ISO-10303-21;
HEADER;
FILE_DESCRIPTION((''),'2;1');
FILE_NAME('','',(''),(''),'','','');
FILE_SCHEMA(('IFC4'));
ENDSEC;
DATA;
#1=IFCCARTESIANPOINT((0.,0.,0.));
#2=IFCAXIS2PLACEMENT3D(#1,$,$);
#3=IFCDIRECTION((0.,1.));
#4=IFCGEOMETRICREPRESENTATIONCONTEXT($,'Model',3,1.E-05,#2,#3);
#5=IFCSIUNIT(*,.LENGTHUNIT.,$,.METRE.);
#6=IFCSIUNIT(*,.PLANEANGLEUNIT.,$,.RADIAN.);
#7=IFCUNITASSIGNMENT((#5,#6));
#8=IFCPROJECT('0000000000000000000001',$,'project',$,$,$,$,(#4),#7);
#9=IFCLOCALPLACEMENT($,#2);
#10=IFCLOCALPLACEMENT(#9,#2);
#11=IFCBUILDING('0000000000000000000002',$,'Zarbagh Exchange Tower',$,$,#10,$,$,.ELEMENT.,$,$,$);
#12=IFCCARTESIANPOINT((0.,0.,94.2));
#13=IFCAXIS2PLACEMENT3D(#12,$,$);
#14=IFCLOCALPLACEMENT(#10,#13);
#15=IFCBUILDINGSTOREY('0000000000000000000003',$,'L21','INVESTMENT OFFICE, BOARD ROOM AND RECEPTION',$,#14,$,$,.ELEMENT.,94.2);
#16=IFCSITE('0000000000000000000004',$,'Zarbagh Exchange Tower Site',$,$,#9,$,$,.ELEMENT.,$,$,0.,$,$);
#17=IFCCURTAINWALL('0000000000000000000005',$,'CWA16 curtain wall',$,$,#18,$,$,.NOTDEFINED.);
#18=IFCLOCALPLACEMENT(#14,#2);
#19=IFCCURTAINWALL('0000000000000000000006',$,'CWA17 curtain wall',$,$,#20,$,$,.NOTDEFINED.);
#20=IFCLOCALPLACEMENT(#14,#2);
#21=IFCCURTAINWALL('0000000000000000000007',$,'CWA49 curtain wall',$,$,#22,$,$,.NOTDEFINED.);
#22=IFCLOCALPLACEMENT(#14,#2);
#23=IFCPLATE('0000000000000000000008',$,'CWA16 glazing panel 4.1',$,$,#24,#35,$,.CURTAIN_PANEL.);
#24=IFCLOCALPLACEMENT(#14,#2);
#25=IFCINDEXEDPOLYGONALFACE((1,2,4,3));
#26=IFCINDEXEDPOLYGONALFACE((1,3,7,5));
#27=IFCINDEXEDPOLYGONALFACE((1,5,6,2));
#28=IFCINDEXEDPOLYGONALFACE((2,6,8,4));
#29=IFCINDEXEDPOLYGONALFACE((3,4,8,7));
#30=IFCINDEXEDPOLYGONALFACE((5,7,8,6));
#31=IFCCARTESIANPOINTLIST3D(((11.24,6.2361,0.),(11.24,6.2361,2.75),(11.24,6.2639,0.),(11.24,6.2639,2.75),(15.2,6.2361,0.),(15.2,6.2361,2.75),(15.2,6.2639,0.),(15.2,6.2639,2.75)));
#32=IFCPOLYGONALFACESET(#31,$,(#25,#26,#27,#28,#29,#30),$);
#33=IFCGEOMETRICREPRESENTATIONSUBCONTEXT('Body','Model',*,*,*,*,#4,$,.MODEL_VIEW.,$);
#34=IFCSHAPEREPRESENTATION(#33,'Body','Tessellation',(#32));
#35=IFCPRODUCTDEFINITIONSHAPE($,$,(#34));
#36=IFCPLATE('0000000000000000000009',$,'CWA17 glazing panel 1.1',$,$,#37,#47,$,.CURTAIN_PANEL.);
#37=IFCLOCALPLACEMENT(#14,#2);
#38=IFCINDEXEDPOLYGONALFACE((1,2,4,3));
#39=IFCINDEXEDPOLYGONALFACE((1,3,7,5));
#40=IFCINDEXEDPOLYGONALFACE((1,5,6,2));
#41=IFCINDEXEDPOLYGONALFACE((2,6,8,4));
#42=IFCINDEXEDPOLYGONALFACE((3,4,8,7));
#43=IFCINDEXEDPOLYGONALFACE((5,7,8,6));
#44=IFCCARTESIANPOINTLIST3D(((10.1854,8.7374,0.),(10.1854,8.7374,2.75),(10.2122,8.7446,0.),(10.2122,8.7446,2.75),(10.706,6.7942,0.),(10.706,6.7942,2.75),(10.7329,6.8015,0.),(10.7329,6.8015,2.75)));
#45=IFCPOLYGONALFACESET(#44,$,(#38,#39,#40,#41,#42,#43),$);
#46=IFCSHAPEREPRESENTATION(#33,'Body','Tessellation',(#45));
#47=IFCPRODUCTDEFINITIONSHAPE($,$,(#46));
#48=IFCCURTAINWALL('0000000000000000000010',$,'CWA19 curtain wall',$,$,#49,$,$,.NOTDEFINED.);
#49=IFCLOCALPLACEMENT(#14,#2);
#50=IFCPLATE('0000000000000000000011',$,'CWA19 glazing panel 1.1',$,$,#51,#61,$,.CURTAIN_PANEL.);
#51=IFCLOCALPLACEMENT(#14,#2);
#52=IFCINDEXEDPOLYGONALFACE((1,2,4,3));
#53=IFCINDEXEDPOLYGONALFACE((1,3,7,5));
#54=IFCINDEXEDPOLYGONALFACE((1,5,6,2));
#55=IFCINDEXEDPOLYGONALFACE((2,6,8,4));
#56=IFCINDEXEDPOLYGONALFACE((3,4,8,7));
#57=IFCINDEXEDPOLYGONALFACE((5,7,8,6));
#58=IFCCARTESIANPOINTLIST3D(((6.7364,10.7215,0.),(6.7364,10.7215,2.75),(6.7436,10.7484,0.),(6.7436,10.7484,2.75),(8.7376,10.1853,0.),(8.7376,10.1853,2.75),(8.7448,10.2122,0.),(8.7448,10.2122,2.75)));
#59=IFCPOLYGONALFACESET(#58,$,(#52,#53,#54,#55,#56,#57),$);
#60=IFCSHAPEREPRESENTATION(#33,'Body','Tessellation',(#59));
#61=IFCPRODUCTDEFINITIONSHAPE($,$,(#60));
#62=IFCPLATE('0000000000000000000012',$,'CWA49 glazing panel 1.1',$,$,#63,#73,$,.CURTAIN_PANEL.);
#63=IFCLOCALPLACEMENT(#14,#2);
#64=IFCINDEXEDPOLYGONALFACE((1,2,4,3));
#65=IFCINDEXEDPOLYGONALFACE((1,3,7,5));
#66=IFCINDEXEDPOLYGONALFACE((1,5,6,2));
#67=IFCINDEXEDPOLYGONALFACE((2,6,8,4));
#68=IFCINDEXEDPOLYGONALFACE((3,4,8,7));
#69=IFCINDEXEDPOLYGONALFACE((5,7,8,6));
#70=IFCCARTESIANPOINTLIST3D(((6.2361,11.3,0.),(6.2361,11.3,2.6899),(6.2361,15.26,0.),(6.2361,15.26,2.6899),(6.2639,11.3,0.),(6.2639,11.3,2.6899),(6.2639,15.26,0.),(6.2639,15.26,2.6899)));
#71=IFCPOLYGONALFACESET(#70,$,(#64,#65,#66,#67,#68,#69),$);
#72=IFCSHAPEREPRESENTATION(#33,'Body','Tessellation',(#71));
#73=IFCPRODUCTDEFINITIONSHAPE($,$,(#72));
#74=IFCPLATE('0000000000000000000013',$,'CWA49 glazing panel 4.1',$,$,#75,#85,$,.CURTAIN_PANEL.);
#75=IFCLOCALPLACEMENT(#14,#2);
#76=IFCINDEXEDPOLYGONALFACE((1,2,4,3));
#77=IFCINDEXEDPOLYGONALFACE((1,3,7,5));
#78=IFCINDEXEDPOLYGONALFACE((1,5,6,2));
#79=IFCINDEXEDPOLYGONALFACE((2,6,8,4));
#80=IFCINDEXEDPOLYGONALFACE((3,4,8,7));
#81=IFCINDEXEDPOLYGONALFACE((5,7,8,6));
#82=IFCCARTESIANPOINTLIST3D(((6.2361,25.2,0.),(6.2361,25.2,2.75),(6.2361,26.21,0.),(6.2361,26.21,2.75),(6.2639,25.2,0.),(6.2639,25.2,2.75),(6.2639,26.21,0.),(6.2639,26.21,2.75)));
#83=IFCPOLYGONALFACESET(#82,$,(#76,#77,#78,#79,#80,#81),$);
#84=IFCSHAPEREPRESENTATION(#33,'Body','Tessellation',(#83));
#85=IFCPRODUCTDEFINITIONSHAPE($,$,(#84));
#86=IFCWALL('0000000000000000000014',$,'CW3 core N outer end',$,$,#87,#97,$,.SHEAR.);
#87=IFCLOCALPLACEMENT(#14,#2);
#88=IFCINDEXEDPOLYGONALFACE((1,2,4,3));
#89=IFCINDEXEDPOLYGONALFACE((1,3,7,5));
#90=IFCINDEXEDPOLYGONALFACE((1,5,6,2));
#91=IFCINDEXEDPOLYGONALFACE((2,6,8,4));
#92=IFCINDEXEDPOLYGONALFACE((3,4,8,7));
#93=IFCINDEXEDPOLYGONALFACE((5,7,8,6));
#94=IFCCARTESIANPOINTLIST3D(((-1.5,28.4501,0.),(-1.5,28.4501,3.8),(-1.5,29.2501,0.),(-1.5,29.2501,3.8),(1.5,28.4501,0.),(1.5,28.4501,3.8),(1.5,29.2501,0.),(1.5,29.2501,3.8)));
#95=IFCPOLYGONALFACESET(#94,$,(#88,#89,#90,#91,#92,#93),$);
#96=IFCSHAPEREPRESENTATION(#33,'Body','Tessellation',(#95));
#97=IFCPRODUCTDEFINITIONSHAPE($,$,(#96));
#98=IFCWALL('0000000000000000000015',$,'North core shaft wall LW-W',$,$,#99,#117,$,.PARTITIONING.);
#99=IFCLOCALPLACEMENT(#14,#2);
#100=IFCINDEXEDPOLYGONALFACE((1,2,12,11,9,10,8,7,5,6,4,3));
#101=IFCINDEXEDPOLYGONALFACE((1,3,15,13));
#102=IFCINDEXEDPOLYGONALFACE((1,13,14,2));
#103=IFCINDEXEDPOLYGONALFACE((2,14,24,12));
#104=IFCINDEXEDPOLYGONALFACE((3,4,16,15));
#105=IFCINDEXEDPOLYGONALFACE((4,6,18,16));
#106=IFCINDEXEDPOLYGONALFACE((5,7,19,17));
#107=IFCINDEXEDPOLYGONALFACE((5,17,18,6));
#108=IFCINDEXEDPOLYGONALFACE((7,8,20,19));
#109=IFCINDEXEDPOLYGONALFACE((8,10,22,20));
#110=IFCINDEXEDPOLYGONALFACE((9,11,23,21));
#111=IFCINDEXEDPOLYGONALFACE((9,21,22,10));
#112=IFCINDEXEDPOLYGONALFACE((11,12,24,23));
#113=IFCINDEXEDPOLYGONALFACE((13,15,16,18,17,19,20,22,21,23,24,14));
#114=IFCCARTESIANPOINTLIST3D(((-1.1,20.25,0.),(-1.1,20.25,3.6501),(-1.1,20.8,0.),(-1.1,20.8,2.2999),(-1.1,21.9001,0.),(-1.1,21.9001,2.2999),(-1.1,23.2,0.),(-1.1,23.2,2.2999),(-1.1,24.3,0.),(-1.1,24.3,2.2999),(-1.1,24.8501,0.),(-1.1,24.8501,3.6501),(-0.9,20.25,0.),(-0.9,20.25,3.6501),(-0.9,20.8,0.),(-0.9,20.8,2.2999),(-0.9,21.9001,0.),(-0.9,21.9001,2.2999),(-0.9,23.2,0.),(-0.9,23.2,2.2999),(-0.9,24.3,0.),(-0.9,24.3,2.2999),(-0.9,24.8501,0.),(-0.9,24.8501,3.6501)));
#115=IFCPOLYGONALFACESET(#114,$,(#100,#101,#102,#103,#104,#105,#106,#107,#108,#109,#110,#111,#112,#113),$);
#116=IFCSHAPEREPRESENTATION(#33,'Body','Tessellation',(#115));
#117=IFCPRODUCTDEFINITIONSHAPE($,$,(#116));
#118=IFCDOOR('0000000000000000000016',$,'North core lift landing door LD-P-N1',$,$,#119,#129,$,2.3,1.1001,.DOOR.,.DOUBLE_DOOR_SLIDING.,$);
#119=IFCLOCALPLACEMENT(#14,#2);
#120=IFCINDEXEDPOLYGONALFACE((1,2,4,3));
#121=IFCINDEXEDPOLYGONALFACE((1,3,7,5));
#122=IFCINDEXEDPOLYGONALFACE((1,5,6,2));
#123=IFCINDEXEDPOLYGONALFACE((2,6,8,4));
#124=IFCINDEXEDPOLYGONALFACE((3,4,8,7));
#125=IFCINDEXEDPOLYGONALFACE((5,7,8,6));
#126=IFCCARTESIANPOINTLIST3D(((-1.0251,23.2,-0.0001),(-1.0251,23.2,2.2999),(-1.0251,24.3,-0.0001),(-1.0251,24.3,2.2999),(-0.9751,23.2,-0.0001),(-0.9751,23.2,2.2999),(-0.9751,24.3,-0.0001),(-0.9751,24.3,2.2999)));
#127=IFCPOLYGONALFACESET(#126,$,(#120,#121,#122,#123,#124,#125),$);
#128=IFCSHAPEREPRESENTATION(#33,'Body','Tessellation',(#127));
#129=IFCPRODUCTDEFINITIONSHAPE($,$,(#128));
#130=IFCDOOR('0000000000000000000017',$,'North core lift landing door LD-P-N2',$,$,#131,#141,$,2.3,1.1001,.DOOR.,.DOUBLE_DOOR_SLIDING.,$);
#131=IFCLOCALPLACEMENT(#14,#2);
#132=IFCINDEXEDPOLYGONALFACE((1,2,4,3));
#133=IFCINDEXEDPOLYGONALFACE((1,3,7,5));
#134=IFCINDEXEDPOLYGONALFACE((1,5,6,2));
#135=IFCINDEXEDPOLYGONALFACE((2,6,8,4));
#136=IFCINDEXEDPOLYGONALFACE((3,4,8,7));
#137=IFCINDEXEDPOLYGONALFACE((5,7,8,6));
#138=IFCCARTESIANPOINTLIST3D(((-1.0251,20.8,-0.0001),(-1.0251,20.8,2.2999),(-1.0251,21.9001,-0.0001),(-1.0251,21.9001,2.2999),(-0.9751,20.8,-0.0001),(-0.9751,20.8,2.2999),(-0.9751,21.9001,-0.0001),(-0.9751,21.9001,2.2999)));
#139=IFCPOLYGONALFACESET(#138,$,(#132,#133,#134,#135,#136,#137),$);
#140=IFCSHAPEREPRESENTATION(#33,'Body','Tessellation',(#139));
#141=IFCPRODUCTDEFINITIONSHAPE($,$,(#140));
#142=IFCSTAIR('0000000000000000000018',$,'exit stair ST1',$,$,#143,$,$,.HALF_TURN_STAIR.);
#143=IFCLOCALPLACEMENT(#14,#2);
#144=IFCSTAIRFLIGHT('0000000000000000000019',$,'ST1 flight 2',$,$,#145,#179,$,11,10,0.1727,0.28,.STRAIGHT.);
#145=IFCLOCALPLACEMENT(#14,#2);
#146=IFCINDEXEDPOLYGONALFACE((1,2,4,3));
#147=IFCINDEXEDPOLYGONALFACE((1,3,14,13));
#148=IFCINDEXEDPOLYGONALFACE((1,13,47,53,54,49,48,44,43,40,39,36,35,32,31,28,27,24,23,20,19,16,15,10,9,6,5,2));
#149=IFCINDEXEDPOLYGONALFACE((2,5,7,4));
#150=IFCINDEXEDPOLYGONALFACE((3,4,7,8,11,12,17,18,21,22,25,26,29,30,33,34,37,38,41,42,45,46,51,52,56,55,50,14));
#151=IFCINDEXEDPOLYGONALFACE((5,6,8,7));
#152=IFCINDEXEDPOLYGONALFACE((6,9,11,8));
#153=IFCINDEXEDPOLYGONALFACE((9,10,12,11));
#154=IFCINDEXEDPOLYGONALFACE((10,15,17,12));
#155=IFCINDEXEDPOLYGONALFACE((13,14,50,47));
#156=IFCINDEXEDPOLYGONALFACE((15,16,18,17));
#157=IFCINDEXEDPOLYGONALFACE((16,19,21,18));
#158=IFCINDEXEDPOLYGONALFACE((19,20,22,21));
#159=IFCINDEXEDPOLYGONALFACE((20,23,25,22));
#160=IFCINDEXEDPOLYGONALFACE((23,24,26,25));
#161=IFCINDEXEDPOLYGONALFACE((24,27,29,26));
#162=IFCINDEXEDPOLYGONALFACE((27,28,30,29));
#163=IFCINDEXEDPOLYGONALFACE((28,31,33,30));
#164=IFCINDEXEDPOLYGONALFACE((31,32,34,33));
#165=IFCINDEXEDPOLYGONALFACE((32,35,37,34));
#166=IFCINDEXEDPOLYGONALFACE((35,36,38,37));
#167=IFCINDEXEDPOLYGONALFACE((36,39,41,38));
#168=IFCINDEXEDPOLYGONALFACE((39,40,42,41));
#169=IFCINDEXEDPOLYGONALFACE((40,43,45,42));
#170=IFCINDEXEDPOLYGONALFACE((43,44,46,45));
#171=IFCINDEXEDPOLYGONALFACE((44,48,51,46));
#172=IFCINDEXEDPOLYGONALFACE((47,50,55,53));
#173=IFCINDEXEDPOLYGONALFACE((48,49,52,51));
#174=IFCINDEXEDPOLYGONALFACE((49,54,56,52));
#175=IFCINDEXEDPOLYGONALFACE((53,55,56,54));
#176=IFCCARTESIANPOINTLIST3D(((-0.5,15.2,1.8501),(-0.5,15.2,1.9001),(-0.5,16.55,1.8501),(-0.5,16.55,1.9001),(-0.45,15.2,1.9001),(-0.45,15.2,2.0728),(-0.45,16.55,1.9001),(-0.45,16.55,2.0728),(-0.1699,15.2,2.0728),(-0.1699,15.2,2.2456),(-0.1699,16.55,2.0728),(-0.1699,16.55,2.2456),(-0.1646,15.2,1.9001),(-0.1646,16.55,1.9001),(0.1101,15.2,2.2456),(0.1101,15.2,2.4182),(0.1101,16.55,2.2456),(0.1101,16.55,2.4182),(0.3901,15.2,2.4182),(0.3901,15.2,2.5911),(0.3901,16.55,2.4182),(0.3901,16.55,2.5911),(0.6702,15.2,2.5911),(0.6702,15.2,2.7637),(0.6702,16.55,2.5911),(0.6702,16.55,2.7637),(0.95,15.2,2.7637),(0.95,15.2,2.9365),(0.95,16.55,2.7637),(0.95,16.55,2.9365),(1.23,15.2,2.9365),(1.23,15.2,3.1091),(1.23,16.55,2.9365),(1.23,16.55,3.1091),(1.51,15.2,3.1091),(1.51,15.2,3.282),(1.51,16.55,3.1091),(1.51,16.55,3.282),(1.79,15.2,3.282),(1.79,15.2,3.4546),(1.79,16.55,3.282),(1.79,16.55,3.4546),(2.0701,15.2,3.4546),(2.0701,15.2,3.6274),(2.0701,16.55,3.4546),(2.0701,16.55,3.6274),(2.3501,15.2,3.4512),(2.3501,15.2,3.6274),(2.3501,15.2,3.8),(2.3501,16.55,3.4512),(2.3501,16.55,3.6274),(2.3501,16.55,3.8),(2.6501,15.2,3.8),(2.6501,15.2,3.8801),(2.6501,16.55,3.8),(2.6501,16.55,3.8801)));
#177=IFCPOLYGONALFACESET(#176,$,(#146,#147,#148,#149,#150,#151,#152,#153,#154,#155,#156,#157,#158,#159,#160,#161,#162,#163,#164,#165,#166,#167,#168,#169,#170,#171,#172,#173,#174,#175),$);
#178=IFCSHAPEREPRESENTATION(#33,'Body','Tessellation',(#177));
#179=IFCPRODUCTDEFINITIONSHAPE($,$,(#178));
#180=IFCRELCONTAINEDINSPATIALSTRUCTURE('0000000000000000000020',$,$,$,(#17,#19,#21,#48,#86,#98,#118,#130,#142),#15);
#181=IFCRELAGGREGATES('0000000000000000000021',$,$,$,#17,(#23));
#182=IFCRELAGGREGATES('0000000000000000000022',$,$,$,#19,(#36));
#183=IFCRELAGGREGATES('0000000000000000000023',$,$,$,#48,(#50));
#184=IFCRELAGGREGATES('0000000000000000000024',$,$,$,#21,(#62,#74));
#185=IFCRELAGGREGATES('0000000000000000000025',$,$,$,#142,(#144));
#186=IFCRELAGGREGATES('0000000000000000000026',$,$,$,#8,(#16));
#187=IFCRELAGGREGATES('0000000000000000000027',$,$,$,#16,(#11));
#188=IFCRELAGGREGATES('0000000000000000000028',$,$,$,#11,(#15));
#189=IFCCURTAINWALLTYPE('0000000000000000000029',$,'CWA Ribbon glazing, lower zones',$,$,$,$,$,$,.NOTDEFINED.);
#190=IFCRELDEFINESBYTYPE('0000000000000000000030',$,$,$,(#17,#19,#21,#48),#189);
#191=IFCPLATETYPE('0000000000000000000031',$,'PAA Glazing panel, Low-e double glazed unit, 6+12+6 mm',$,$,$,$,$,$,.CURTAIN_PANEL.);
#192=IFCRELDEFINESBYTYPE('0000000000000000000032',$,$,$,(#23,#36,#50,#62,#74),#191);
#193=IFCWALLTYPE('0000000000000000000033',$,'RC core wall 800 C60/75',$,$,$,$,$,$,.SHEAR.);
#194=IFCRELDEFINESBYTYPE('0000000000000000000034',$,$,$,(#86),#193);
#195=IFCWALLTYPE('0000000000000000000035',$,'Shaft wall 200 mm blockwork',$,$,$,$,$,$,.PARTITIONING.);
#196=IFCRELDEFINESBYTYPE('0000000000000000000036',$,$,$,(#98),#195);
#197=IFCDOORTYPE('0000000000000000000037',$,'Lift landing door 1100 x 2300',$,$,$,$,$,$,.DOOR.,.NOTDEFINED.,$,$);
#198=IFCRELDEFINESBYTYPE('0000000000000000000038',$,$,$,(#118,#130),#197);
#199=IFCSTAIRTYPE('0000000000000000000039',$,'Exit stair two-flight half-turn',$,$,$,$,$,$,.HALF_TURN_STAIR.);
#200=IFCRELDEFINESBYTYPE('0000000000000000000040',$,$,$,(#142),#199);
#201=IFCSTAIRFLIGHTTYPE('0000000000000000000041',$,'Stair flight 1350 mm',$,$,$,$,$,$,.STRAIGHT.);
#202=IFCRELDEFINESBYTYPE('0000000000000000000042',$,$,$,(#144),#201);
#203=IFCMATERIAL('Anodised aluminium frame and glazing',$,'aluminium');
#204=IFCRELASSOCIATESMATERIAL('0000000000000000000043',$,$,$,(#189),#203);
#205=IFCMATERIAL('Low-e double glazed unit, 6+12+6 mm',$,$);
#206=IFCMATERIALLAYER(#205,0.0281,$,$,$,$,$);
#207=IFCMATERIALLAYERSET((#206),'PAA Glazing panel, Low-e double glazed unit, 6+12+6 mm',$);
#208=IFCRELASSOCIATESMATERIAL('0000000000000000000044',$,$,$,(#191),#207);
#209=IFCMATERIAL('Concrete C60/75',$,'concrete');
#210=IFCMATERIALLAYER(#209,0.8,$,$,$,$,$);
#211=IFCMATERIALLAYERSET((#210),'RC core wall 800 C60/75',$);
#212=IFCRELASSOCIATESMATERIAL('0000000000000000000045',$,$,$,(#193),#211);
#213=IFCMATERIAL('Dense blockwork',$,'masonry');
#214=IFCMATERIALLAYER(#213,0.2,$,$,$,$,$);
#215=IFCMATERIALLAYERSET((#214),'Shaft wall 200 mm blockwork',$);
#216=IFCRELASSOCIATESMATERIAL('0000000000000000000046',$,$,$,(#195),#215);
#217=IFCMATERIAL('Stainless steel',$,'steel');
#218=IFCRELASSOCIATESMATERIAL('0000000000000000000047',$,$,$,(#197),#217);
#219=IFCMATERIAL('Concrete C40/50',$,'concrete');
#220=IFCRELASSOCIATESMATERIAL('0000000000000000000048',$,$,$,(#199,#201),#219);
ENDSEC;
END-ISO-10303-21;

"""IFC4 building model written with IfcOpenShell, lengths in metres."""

from ifc_helpers import new_model, si_unit, direction, frame, frame_2d, origin, place, context, subcontext, project, spatial, polyline, rectangle, outline, extrude, source, transform, mapped, material, layer, layer_set, type_object, element, fill, aggregate, save


model = new_model("IFC4")

# Units and contexts
model_context = context("Model", 3, precision=1e-05, world=origin(), true_north=direction((0.0, 1.0)))
body_context = subcontext(model_context, "Body", "Model", "MODEL_VIEW")
ifc_project = project(units=[si_unit("LENGTHUNIT", "METRE"), si_unit("PLANEANGLEUNIT", "RADIAN")], contexts=[model_context])

# Site, building, storey
site_placement = place(None, origin())
site = spatial("IfcSite", under=ifc_project, at=site_placement, Name="Zarbagh Exchange Tower Site", CompositionType="ELEMENT", RefElevation=0.0)
building_placement = place(site_placement, origin())
building = spatial("IfcBuilding", under=site, at=building_placement, Name="Zarbagh Exchange Tower", CompositionType="ELEMENT")
storey_placement = place(building_placement, frame((0.0, 0.0, 94.2)))
storey = spatial("IfcBuildingStorey", under=building, at=storey_placement, Name="L21", Description="INVESTMENT OFFICE, BOARD ROOM AND RECEPTION", CompositionType="ELEMENT", Elevation=94.2)

# Shared definitions
ifc_material_1 = material(Name="Concrete C60/75", Category="concrete")

# Curtain wall
ifc_material_2 = material(Name="Anodised aluminium frame and glazing", Category="aluminium")
curtain_wall_type = type_object("IfcCurtainWallType", Name="CWA Ribbon glazing, lower zones", PredefinedType="NOTDEFINED", material=ifc_material_2)
curtain_wall_1_placement = place(storey_placement, origin())
curtain_wall_1 = element("IfcCurtainWall", 1, at=curtain_wall_1_placement, inside=storey, type_object=curtain_wall_type, Name="CWA16 curtain wall", PredefinedType="NOTDEFINED")
placement = place(storey_placement, origin())

# Curtain wall
curtain_wall_2_placement = place(storey_placement, origin())
curtain_wall_2 = element("IfcCurtainWall", 2, at=curtain_wall_2_placement, inside=storey, type_object=curtain_wall_type, Name="CWA17 curtain wall", PredefinedType="NOTDEFINED")

# Curtain wall
curtain_wall_3_placement = place(storey_placement, origin())
curtain_wall_3 = element("IfcCurtainWall", 3, at=curtain_wall_3_placement, inside=storey, type_object=curtain_wall_type, Name="CWA49 curtain wall", PredefinedType="NOTDEFINED")

# Shared definitions
ifc_material_3 = material(Name="Low-e double glazed unit, 6+12+6 mm")
ifc_layer_1 = layer(ifc_material_3, 0.0281)
ifc_layer_set_1 = layer_set([ifc_layer_1], Name="PAA Glazing panel, Low-e double glazed unit, 6+12+6 mm")
plate_type = type_object("IfcPlateType", Name="PAA Glazing panel, Low-e double glazed unit, 6+12+6 mm", PredefinedType="CURTAIN_PANEL", material=ifc_layer_set_1)

# Plates
shared_shape_1 = source(origin(), body_context, "Body", "SweptSolid", [
    extrude(outline(polyline([(0.0, -0.0139), (3.96, -0.0139), (3.96, 0.0139), (0.0, 0.0139), (0.0, -0.0139)])), origin(), (0.0, 0.0, 1.0), 2.75),
])
plate_1 = element("IfcPlate", 4, at=placement, type_object=plate_type, Name="CWA16 glazing panel 4.1", PredefinedType="CURTAIN_PANEL", context=body_context, shape_type="MappedRepresentation", body=[
    mapped(shared_shape_1, transform((15.2, 6.25, 0.0), x_axis=(-1.0, 0.0, 0.0), y_axis=(0.0, -1.0, 0.0), z_axis=(0.0, 0.0, 1.0))),
])
aggregate(curtain_wall_1, [plate_1])
shared_shape_2 = source(origin(), body_context, "Body", "SweptSolid", [
    extrude(outline(polyline([(0.0, -0.0139), (2.0117, -0.0139), (2.0117, 0.0139), (0.0, 0.0139), (0.0, -0.0139)])), origin(), (0.0, 0.0, 1.0), 2.75),
])
plate_2 = element("IfcPlate", 5, at=placement, type_object=plate_type, Name="CWA17 glazing panel 1.1", PredefinedType="CURTAIN_PANEL", context=body_context, shape_type="MappedRepresentation", body=[
    mapped(shared_shape_2, transform((10.7195, 6.7979, 0.0), x_axis=(-0.258825, 0.965924, 0.0), y_axis=(-0.965924, -0.258825, 0.0), z_axis=(0.0, 0.0, 1.0))),
])
aggregate(curtain_wall_2, [plate_2])

# Curtain wall, plate
curtain_wall_4_placement = place(storey_placement, origin())
curtain_wall_4 = element("IfcCurtainWall", 6, at=curtain_wall_4_placement, inside=storey, type_object=curtain_wall_type, Name="CWA19 curtain wall", PredefinedType="NOTDEFINED")
shared_shape_3 = source(origin(), body_context, "Body", "SweptSolid", [
    extrude(outline(polyline([(0.0, -0.0139), (2.0718, -0.0139), (2.0718, 0.0139), (0.0, 0.0139), (0.0, -0.0139)])), origin(), (0.0, 0.0, 1.0), 2.75),
])
plate_3 = element("IfcPlate", 7, at=placement, type_object=plate_type, Name="CWA19 glazing panel 1.1", PredefinedType="CURTAIN_PANEL", context=body_context, shape_type="MappedRepresentation", body=[
    mapped(shared_shape_3, transform((8.7412, 10.1987, 0.0), x_axis=(-0.965924, 0.258825, 0.0), y_axis=(-0.258825, -0.965924, 0.0), z_axis=(0.0, 0.0, 1.0))),
])
aggregate(curtain_wall_4, [plate_3])

# Plates
shared_shape_4 = source(origin(), body_context, "Body", "SweptSolid", [
    extrude(outline(polyline([(0.0, -0.0139), (3.96, -0.0139), (3.96, 0.0139), (0.0, 0.0139), (0.0, -0.0139)])), origin(), (0.0, 0.0, 1.0), 2.6899),
])
plate_4 = element("IfcPlate", 8, at=placement, type_object=plate_type, Name="CWA49 glazing panel 1.1", PredefinedType="CURTAIN_PANEL", context=body_context, shape_type="MappedRepresentation", body=[
    mapped(shared_shape_4, transform((6.25, 11.3, 0.0), x_axis=(0.0, 1.0, 0.0), y_axis=(-1.0, 0.0, 0.0), z_axis=(0.0, 0.0, 1.0))),
])
shared_shape_5 = source(origin(), body_context, "Body", "SweptSolid", [
    extrude(outline(polyline([(0.0, -0.0139), (1.01, -0.0139), (1.01, 0.0139), (0.0, 0.0139), (0.0, -0.0139)])), origin(), (0.0, 0.0, 1.0), 2.75),
])
plate_5 = element("IfcPlate", 9, at=placement, type_object=plate_type, Name="CWA49 glazing panel 4.1", PredefinedType="CURTAIN_PANEL", context=body_context, shape_type="MappedRepresentation", body=[
    mapped(shared_shape_5, transform((6.25, 25.2, 0.0), x_axis=(0.0, 1.0, 0.0), y_axis=(-1.0, 0.0, 0.0), z_axis=(0.0, 0.0, 1.0))),
])
aggregate(curtain_wall_3, [plate_4, plate_5])

# Wall
ifc_layer_2 = layer(ifc_material_1, 0.8)
ifc_layer_set_2 = layer_set([ifc_layer_2], Name="RC core wall 800 C60/75")
wall_type_1 = type_object("IfcWallType", Name="RC core wall 800 C60/75", PredefinedType="SHEAR", material=ifc_layer_set_2)
wall_1_placement = place(storey_placement, frame((-1.5, 28.8501, 0.0), z_axis=(0.0, 0.0, 1.0), x_axis=(1.0, 0.0, 0.0)))
element("IfcWall", 10, at=wall_1_placement, inside=storey, type_object=wall_type_1, Name="CW3 core N outer end", PredefinedType="SHEAR", context=body_context, shape_type="SweptSolid", body=[
    extrude(rectangle(XDim=3.0, YDim=0.8, at=frame_2d((1.5, 0.0))), origin(), (0.0, 0.0, 1.0), 3.8),
])

# Wall, openings, doors
ifc_material_4 = material(Name="Dense blockwork", Category="masonry")
ifc_layer_3 = layer(ifc_material_4, 0.2)
ifc_layer_set_3 = layer_set([ifc_layer_3], Name="Shaft wall 200 mm blockwork")
wall_type_2 = type_object("IfcWallType", Name="Shaft wall 200 mm blockwork", PredefinedType="PARTITIONING", material=ifc_layer_set_3)
wall_2_placement = place(storey_placement, frame((-1.0, 24.8501, 0.0), z_axis=(0.0, 0.0, 1.0), x_axis=(0.0, -1.0, 0.0)))
wall_2 = element("IfcWall", 11, at=wall_2_placement, inside=storey, type_object=wall_type_2, Name="North core shaft wall LW-W", PredefinedType="PARTITIONING", context=body_context, shape_type="SweptSolid", body=[
    extrude(rectangle(XDim=4.6001, YDim=0.2, at=frame_2d((2.3, 0.0))), origin(), (0.0, 0.0, 1.0), 3.6501),
])
opening_1_placement = place(wall_2_placement, frame((0.55, 0.0, 0.0)))
opening_1 = element("IfcOpeningElement", 12, at=opening_1_placement, cuts=wall_2, PredefinedType="OPENING", context=body_context, shape_type="SweptSolid", body=[
    extrude(rectangle(XDim=1.1001, YDim=2.3, at=frame_2d((0.55, 1.1499))), frame((0.0, 0.1099, 0.0), z_axis=(0.0, -1.0, 0.0), x_axis=(1.0, 0.0, 0.0)), (0.0, 0.0, 1.0), 0.22),
])
opening_2_placement = place(wall_2_placement, frame((2.95, 0.0, 0.0)))
opening_2 = element("IfcOpeningElement", 13, at=opening_2_placement, cuts=wall_2, PredefinedType="OPENING", context=body_context, shape_type="SweptSolid", body=[
    extrude(rectangle(XDim=1.1001, YDim=2.3, at=frame_2d((0.55, 1.1499))), frame((0.0, 0.1099, 0.0), z_axis=(0.0, -1.0, 0.0), x_axis=(1.0, 0.0, 0.0)), (0.0, 0.0, 1.0), 0.22),
])
ifc_material_5 = material(Name="Stainless steel", Category="steel")
door_type = type_object("IfcDoorType", Name="Lift landing door 1100 x 2300", OperationType="NOTDEFINED", PredefinedType="DOOR", material=ifc_material_5)
door_1_placement = place(opening_1_placement, origin())
door_1 = element("IfcDoor", 14, at=door_1_placement, inside=storey, type_object=door_type, Name="North core lift landing door LD-P-N1", OperationType="DOUBLE_DOOR_SLIDING", OverallHeight=2.3, OverallWidth=1.1001, PredefinedType="DOOR", context=body_context, shape_type="SweptSolid", body=[
    extrude(rectangle(XDim=1.1001, YDim=2.3, at=frame_2d((0.55, 1.1499))), frame((0.0, 0.0249, 0.0), z_axis=(0.0, -1.0, 0.0), x_axis=(1.0, 0.0, 0.0)), (0.0, 0.0, 1.0), 0.05),
])
fill(opening_1, door_1)
door_2_placement = place(opening_2_placement, origin())
door_2 = element("IfcDoor", 15, at=door_2_placement, inside=storey, type_object=door_type, Name="North core lift landing door LD-P-N2", OperationType="DOUBLE_DOOR_SLIDING", OverallHeight=2.3, OverallWidth=1.1001, PredefinedType="DOOR", context=body_context, shape_type="SweptSolid", body=[
    extrude(rectangle(XDim=1.1001, YDim=2.3, at=frame_2d((0.55, 1.1499))), frame((0.0, 0.0249, 0.0), z_axis=(0.0, -1.0, 0.0), x_axis=(1.0, 0.0, 0.0)), (0.0, 0.0, 1.0), 0.05),
])
fill(opening_2, door_2)

# Stair, stair flight
ifc_material_6 = material(Name="Concrete C40/50", Category="concrete")
stair_type = type_object("IfcStairType", Name="Exit stair two-flight half-turn", PredefinedType="HALF_TURN_STAIR", material=ifc_material_6)
stair_placement = place(storey_placement, origin())
stair = element("IfcStair", 16, at=stair_placement, inside=storey, type_object=stair_type, Name="exit stair ST1", PredefinedType="HALF_TURN_STAIR")
stair_flight_type = type_object("IfcStairFlightType", Name="Stair flight 1350 mm", PredefinedType="STRAIGHT", material=ifc_material_6)
stair_flight_placement = place(storey_placement, frame((-0.45, 15.875, 1.9001), z_axis=(0.0, 0.0, 1.0), x_axis=(1.0, 0.0, 0.0)))
stair_flight = element("IfcStairFlight", 17, at=stair_flight_placement, type_object=stair_flight_type, Name="ST1 flight 2", NumberOfRisers=11, NumberOfTreads=10, PredefinedType="STRAIGHT", RiserHeight=0.1727, TreadLength=0.28, context=body_context, shape_type="SweptSolid", body=[
    extrude(outline(polyline([(-0.05, -0.05), (-0.05, 0.0), (0.0, 0.0), (0.0, 0.1726), (0.28, 0.1726), (0.28, 0.3455), (0.5601, 0.3455), (0.5601, 0.5181), (0.8401, 0.5181), (0.8401, 0.6909), (1.1201, 0.6909), (1.1201, 0.8635), (1.3999, 0.8635), (1.3999, 1.0364), (1.6799, 1.0364), (1.6799, 1.209), (1.96, 1.209), (1.96, 1.3818), (2.24, 1.3818), (2.24, 1.5544), (2.52, 1.5544), (2.52, 1.7273), (2.8, 1.7273), (2.8, 1.8999), (3.1001, 1.98), (3.1001, 1.8999), (2.8, 1.551), (0.2854, 0.0), (-0.05, -0.05)])), frame((0.0, 0.675, 0.0), z_axis=(0.0, -1.0, 0.0), x_axis=(1.0, 0.0, 0.0)), (0.0, 0.0, 1.0), 1.3501),
])
aggregate(stair, [stair_flight])

save(model, "model.ifc")
